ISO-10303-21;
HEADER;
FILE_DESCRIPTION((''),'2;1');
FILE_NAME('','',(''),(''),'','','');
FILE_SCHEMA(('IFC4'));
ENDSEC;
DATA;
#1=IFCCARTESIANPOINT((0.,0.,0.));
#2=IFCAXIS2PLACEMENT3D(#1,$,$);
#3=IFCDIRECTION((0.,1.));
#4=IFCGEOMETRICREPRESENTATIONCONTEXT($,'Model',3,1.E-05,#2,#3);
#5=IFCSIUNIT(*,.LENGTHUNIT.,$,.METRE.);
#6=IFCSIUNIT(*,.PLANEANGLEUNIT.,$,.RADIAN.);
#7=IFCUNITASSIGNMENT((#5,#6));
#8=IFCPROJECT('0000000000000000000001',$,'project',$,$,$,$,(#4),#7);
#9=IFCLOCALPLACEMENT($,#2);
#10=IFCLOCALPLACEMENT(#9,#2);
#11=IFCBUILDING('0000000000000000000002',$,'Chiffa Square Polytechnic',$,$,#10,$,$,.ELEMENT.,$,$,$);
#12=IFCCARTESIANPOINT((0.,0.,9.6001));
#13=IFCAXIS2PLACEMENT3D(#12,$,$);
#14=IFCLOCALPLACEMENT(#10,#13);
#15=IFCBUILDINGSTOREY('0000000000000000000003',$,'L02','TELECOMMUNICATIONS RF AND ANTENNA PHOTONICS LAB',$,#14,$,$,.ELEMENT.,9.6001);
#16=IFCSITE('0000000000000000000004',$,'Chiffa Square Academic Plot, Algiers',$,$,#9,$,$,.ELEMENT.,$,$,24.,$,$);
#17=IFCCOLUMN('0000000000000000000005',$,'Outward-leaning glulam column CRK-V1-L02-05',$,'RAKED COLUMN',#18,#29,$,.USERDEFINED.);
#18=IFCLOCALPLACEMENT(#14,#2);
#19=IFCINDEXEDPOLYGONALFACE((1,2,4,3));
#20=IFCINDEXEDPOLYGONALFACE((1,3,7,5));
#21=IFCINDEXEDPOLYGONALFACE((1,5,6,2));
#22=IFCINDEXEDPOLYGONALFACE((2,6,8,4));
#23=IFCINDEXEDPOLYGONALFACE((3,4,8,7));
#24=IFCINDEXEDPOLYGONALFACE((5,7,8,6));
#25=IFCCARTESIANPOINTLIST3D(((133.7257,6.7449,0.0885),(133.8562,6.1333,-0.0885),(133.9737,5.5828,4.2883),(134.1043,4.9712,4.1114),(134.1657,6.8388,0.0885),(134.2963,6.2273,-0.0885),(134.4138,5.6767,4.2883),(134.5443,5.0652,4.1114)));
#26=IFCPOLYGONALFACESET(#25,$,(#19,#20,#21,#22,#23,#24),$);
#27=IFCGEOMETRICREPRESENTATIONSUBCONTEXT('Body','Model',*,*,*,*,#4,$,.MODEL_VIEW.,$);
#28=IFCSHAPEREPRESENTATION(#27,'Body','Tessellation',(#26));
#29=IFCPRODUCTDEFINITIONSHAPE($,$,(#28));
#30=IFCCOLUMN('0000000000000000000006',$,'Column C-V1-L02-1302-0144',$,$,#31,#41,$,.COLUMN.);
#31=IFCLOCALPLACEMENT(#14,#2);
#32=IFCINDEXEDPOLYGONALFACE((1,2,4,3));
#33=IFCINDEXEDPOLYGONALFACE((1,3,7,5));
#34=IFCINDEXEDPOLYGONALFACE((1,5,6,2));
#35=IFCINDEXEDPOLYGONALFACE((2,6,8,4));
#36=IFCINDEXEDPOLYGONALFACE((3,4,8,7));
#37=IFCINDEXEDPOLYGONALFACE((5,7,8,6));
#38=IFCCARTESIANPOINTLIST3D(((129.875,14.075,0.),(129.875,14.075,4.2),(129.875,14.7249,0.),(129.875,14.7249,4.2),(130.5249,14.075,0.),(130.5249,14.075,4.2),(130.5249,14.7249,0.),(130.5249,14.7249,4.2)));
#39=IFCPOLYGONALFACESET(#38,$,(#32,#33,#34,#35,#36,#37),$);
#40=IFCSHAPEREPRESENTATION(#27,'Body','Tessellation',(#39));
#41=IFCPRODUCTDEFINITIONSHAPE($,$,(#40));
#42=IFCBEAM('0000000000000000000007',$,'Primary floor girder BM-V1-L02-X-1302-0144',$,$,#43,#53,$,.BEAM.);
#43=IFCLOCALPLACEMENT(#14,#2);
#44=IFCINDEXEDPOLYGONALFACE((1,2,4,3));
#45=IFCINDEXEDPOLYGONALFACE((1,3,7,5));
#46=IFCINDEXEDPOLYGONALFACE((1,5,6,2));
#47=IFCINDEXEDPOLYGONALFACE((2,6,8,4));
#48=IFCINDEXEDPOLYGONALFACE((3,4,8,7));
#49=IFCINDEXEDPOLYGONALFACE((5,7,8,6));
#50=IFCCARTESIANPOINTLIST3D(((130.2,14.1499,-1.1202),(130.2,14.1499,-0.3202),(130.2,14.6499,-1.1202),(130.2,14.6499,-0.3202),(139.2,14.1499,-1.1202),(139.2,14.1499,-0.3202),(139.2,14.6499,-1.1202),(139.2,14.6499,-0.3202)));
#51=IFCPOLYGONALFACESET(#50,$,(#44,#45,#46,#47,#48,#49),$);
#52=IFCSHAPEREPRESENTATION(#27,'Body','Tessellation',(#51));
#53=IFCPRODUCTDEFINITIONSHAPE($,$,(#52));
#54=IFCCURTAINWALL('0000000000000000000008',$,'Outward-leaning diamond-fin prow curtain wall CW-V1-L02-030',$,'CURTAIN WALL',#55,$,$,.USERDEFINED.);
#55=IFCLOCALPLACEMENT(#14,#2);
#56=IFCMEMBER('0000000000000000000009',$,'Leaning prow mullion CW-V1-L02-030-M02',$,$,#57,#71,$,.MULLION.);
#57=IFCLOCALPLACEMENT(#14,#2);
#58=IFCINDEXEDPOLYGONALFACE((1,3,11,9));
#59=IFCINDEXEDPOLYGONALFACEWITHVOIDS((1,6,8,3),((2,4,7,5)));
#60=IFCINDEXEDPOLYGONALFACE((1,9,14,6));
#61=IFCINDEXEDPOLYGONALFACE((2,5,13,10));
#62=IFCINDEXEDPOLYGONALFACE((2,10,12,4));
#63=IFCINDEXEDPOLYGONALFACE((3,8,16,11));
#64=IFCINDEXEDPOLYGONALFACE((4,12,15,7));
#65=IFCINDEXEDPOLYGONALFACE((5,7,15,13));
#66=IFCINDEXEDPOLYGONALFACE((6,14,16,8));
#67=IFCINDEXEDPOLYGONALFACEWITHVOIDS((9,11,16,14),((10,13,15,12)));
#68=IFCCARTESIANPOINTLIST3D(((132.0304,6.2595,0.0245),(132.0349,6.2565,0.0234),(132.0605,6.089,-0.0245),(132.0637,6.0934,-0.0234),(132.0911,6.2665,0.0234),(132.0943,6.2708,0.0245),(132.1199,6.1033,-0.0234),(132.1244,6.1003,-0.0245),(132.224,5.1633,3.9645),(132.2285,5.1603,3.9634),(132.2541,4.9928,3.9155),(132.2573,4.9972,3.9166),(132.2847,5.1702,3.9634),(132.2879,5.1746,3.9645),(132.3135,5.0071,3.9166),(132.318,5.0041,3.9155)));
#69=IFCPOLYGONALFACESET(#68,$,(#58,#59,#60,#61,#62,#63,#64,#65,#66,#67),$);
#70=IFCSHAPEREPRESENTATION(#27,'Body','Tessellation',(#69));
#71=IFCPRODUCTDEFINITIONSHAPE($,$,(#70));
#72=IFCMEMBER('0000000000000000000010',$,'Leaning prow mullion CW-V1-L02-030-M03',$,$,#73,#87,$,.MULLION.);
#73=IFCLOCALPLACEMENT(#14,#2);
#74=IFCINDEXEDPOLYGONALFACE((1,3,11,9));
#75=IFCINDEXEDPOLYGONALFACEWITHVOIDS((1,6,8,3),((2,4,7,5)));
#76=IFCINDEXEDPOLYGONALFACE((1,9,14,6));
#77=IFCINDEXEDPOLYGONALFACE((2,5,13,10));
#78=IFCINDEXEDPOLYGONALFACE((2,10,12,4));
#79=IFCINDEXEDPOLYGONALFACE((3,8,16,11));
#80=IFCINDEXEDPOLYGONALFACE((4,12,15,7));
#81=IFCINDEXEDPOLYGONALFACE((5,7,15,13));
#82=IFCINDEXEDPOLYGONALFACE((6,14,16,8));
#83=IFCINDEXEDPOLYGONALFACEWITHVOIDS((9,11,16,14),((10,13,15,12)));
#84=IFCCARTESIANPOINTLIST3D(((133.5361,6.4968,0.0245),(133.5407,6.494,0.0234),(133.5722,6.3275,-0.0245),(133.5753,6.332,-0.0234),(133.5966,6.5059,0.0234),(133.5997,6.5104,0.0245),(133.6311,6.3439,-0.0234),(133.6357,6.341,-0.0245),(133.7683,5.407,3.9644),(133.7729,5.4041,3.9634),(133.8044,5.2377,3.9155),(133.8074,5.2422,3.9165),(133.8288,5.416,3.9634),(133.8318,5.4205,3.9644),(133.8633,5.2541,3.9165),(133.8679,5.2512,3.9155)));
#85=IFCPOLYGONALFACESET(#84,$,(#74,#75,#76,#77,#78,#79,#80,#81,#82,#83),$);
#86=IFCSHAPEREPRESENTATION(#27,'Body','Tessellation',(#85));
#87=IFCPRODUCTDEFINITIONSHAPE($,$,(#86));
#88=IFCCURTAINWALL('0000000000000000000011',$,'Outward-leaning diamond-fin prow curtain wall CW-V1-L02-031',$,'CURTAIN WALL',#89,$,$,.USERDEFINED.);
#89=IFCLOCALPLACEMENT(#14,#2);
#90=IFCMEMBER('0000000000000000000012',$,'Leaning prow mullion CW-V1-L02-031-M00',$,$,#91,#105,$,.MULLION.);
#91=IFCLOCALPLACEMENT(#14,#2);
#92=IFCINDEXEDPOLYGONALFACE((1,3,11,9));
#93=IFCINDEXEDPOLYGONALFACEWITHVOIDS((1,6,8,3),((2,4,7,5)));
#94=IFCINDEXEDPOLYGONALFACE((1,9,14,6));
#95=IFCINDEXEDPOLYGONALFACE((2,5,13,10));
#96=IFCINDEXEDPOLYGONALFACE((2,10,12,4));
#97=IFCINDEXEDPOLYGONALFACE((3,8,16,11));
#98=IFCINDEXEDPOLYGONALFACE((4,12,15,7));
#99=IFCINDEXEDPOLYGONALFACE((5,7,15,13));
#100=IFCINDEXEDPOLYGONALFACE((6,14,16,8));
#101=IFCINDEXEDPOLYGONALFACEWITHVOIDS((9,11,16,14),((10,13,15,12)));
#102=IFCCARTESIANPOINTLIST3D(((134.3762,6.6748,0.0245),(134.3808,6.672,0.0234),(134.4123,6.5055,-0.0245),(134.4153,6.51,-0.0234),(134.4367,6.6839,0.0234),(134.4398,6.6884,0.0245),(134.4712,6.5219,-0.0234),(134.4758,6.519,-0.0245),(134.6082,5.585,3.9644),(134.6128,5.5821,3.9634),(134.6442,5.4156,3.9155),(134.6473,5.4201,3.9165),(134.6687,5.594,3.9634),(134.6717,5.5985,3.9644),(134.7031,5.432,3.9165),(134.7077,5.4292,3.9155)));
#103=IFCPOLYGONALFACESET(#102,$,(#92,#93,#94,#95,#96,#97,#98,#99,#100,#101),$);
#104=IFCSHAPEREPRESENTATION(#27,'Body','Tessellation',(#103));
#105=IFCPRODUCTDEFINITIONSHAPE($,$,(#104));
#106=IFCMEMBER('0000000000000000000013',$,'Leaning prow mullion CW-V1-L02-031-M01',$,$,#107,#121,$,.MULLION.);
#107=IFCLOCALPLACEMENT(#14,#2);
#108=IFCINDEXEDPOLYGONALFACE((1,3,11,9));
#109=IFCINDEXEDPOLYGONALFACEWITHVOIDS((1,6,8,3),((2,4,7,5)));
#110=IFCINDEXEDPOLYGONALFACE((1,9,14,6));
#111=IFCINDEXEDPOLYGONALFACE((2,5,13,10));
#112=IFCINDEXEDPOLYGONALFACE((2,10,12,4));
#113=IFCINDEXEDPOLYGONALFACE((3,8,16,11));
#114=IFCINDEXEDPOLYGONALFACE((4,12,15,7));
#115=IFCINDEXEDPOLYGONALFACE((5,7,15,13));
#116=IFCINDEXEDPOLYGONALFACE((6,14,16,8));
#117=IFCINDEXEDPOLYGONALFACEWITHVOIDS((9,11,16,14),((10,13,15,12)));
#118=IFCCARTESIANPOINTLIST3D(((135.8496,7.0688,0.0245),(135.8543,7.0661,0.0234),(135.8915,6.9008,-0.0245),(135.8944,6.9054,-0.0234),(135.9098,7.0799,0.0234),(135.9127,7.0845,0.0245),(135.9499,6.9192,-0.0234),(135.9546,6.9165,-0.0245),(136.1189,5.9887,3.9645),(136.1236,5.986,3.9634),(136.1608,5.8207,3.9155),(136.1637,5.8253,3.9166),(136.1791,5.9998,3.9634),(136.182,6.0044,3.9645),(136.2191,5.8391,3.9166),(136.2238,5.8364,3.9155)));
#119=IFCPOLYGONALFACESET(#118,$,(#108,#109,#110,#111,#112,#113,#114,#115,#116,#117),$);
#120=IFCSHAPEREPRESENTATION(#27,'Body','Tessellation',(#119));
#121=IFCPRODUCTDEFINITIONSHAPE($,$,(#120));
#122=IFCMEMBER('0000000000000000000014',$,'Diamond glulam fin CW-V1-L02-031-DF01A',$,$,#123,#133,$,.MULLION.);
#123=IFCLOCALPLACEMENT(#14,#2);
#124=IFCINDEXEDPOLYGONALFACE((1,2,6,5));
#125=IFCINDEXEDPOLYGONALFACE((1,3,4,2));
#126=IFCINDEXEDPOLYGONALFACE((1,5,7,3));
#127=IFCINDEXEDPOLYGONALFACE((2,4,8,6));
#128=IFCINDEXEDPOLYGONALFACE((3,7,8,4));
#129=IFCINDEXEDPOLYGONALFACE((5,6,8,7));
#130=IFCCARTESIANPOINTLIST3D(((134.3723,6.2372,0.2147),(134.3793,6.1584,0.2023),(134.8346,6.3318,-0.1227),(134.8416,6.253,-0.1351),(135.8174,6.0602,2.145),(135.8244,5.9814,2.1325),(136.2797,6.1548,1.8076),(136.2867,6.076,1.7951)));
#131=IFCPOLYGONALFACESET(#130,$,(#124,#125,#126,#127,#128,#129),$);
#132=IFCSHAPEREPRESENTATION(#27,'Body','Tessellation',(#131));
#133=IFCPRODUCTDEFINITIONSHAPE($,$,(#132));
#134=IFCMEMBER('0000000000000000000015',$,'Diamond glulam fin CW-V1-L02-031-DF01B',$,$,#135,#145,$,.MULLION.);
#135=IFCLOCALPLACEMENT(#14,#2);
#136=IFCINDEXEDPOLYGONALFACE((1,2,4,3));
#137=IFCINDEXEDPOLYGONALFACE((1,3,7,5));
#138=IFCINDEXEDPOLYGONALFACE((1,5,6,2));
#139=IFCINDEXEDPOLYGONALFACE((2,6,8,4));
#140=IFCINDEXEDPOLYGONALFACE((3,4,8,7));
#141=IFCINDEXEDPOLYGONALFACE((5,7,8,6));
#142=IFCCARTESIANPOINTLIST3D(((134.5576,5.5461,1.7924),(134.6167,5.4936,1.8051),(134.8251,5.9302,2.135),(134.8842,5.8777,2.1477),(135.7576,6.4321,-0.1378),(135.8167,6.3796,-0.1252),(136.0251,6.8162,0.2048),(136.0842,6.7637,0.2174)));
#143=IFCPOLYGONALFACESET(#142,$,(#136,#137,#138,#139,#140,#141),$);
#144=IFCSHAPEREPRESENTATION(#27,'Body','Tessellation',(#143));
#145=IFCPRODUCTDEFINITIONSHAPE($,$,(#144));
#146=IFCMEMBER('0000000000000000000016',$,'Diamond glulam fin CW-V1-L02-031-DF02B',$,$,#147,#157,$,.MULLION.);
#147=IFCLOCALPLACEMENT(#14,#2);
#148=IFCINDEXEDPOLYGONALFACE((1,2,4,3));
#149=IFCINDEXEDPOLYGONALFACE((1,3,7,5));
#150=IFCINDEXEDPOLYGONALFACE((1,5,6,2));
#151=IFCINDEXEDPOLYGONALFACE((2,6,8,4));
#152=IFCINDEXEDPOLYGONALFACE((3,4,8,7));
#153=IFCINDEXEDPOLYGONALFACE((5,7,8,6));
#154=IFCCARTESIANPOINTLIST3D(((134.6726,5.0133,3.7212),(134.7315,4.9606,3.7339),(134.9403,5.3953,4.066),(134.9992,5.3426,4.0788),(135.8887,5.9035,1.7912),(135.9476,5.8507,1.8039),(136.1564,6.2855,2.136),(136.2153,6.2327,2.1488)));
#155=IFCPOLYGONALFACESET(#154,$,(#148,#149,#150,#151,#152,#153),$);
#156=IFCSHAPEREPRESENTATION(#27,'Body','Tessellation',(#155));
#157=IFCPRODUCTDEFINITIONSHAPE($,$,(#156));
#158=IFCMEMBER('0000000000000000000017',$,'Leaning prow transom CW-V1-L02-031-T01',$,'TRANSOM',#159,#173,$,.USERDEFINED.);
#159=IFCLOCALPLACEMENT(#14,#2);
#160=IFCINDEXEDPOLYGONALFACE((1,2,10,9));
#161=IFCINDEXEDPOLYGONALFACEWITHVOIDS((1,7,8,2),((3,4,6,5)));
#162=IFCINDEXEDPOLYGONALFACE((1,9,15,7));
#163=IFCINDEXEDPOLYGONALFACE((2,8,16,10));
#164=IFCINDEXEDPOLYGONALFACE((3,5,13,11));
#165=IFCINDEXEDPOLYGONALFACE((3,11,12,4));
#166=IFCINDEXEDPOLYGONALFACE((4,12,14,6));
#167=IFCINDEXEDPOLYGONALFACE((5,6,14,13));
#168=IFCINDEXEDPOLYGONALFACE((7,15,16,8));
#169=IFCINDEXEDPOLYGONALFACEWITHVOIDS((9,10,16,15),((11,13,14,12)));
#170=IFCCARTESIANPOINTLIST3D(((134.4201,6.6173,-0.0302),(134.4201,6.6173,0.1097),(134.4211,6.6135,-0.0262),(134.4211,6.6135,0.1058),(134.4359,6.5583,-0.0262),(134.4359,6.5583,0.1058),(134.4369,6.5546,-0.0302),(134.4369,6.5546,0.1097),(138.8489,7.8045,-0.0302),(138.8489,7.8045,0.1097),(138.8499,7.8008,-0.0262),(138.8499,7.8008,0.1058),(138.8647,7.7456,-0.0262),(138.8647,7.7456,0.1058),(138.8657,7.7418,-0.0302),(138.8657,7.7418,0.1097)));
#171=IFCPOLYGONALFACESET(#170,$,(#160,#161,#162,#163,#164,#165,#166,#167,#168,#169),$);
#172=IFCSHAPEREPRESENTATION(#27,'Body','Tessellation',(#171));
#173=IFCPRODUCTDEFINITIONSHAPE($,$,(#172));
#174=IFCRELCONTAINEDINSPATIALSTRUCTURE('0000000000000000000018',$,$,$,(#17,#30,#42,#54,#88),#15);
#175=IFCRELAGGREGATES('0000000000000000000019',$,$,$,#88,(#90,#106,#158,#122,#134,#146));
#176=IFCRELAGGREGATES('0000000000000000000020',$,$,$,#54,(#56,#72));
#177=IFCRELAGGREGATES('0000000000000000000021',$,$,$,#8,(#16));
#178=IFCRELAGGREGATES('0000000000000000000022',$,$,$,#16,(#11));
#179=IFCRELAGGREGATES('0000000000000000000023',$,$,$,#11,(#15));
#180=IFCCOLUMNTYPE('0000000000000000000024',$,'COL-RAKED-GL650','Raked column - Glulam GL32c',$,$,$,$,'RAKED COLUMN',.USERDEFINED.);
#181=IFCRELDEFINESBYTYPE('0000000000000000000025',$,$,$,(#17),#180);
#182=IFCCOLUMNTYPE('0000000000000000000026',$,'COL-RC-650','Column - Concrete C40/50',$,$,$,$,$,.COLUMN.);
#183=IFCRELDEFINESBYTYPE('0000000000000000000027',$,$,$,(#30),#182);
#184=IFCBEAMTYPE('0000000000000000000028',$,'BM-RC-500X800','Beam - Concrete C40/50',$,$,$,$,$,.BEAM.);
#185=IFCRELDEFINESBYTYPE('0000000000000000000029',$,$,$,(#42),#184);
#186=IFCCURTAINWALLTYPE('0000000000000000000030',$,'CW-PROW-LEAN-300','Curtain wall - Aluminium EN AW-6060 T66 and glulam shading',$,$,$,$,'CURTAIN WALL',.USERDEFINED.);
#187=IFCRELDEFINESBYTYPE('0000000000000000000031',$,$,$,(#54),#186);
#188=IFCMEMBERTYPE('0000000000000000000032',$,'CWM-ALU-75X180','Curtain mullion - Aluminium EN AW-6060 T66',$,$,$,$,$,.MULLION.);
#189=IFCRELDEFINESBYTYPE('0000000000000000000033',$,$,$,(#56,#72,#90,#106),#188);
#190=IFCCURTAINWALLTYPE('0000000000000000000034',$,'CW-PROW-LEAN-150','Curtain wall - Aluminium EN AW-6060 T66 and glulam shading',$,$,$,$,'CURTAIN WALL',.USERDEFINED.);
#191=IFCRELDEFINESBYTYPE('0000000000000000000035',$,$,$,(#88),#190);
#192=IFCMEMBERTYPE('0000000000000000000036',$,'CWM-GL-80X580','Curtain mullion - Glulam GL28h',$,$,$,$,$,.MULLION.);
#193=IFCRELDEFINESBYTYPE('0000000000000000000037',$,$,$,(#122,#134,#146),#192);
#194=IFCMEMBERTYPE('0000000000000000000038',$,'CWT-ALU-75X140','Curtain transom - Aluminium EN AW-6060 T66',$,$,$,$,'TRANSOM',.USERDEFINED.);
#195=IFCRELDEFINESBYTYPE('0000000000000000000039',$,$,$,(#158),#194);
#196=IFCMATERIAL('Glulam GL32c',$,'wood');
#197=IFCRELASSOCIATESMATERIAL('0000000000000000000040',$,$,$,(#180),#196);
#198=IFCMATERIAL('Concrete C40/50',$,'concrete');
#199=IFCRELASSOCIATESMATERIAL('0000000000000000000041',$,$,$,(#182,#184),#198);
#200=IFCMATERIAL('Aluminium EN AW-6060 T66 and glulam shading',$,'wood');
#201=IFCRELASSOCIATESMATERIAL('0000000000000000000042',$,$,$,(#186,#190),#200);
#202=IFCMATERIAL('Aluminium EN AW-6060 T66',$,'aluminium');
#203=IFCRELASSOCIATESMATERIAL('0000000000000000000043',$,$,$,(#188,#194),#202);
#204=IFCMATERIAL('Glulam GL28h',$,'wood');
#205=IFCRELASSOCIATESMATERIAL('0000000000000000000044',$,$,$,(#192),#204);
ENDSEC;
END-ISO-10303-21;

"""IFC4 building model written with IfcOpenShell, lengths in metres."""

from ifc_helpers import new_model, si_unit, direction, frame, origin, origin_2d, place, context, subcontext, project, spatial, rectangle, hollow_rectangle, extrude, material, material_profile, profile_set, type_object, element, aggregate, save


model = new_model("IFC4")

# Units and contexts
model_context = context("Model", 3, precision=1e-05, world=origin(), true_north=direction((0.0, 1.0)))
body_context = subcontext(model_context, "Body", "Model", "MODEL_VIEW")
ifc_project = project(units=[si_unit("LENGTHUNIT", "METRE"), si_unit("PLANEANGLEUNIT", "RADIAN")], contexts=[model_context])

# Site, building, storey
site_placement = place(None, origin())
site = spatial("IfcSite", under=ifc_project, at=site_placement, Name="Chiffa Square Academic Plot, Algiers", CompositionType="ELEMENT", RefElevation=24.0)
building_placement = place(site_placement, origin())
building = spatial("IfcBuilding", under=site, at=building_placement, Name="Chiffa Square Polytechnic", CompositionType="ELEMENT")
storey_placement = place(building_placement, frame((0.0, 0.0, 9.6001)))
storey = spatial("IfcBuildingStorey", under=building, at=storey_placement, Name="L02", Description="TELECOMMUNICATIONS RF AND ANTENNA PHOTONICS LAB", CompositionType="ELEMENT", Elevation=9.6001)

# Columns
ifc_material_1 = material(Name="Glulam GL32c", Category="wood")
ifc_material_profile_1 = material_profile(ifc_material_1, rectangle(XDim=0.45, YDim=0.6499, at=origin_2d()), Name="GL32c 450x650")
ifc_profile_set_1 = profile_set([ifc_material_profile_1], Name="Glulam GL32c")
column_type_1 = type_object("IfcColumnType", Name="COL-RAKED-GL650", Description="Raked column - Glulam GL32c", ElementType="RAKED COLUMN", PredefinedType="USERDEFINED", material=ifc_profile_set_1)
column_1_placement = place(storey_placement, frame((134.011, 6.4861, 0.0), z_axis=(0.056829, -0.266245, 0.962229), x_axis=(0.97797, 0.208743, 0.0)))
element("IfcColumn", 1, at=column_1_placement, inside=storey, type_object=column_type_1, Name="Outward-leaning glulam column CRK-V1-L02-05", ObjectType="RAKED COLUMN", PredefinedType="USERDEFINED", context=body_context, shape_type="SweptSolid", body=[
    extrude(rectangle(XDim=0.45, YDim=0.6499, at=origin_2d()), origin(), (0.0, 0.0, 1.0), 4.3647),
])
ifc_material_2 = material(Name="Concrete C40/50", Category="concrete")
ifc_material_profile_2 = material_profile(ifc_material_2, rectangle(XDim=0.6499, YDim=0.6499, at=origin_2d()), Name="RC 650x650")
ifc_profile_set_2 = profile_set([ifc_material_profile_2], Name="Concrete C40/50")
column_type_2 = type_object("IfcColumnType", Name="COL-RC-650", Description="Column - Concrete C40/50", PredefinedType="COLUMN", material=ifc_profile_set_2)
column_2_placement = place(storey_placement, frame((130.2, 14.3999, 0.0), z_axis=(0.0, 0.0, 1.0), x_axis=(1.0, 0.0, 0.0)))
element("IfcColumn", 2, at=column_2_placement, inside=storey, type_object=column_type_2, Name="Column C-V1-L02-1302-0144", PredefinedType="COLUMN", context=body_context, shape_type="SweptSolid", body=[
    extrude(rectangle(XDim=0.6499, YDim=0.6499, at=origin_2d()), origin(), (0.0, 0.0, 1.0), 4.2),
])

# Beam
ifc_material_profile_3 = material_profile(ifc_material_2, rectangle(XDim=0.5, YDim=0.8, at=origin_2d()), Name="RC 500x800")
ifc_profile_set_3 = profile_set([ifc_material_profile_3], Name="Concrete C40/50")
beam_type_1 = type_object("IfcBeamType", Name="BM-RC-500X800", Description="Beam - Concrete C40/50", PredefinedType="BEAM", material=ifc_profile_set_3)
beam_1_placement = place(storey_placement, frame((130.2, 14.3999, -0.7202), z_axis=(1.0, 0.0, 0.0), x_axis=(0.0, 1.0, 0.0)))
element("IfcBeam", 3, at=beam_1_placement, inside=storey, type_object=beam_type_1, Name="Primary floor girder BM-V1-L02-X-1302-0144", PredefinedType="BEAM", context=body_context, shape_type="SweptSolid", body=[
    extrude(rectangle(XDim=0.5, YDim=0.8, at=origin_2d()), origin(), (0.0, 0.0, 1.0), 9.0),
])

# Curtain walls, members
ifc_material_3 = material(Name="Aluminium EN AW-6060 T66 and glulam shading", Category="wood")
curtain_wall_type_1 = type_object("IfcCurtainWallType", Name="CW-PROW-LEAN-300", Description="Curtain wall - Aluminium EN AW-6060 T66 and glulam shading", ElementType="CURTAIN WALL", PredefinedType="USERDEFINED", material=ifc_material_3)
curtain_wall_1_placement = place(storey_placement, origin())
curtain_wall_1 = element("IfcCurtainWall", 4, at=curtain_wall_1_placement, inside=storey, type_object=curtain_wall_type_1, Name="Outward-leaning diamond-fin prow curtain wall CW-V1-L02-030", ObjectType="CURTAIN WALL", PredefinedType="USERDEFINED")
ifc_material_4 = material(Name="Aluminium EN AW-6060 T66", Category="aluminium")
ifc_material_profile_4 = material_profile(ifc_material_4, hollow_rectangle(XDim=0.0649, YDim=0.1799, WallThickness=0.0039, at=origin_2d()), Name="ALU 65x180x4")
ifc_profile_set_4 = profile_set([ifc_material_profile_4], Name="Aluminium EN AW-6060 T66")
member_type_1 = type_object("IfcMemberType", Name="CWM-ALU-75X180", Description="Curtain mullion - Aluminium EN AW-6060 T66", PredefinedType="MULLION", material=ifc_profile_set_4)
member_1_placement = place(storey_placement, frame((132.0774, 6.1799, 0.0), z_axis=(0.047288, -0.267744, 0.962329), x_axis=(0.984759, 0.173923, 0.0)))
member_1 = element("IfcMember", 5, at=member_1_placement, type_object=member_type_1, Name="Leaning prow mullion CW-V1-L02-030-M02", PredefinedType="MULLION", context=body_context, shape_type="SweptSolid", body=[
    extrude(hollow_rectangle(XDim=0.0649, YDim=0.1799, WallThickness=0.0039, at=origin_2d()), origin(), (0.0, 0.0, 1.0), 4.0942),
])
member_2_placement = place(storey_placement, frame((133.5859, 6.4189, 0.0), z_axis=(0.056705, -0.266174, 0.962256), x_axis=(0.978052, 0.208362, 0.0)))
member_2 = element("IfcMember", 6, at=member_2_placement, type_object=member_type_1, Name="Leaning prow mullion CW-V1-L02-030-M03", PredefinedType="MULLION", context=body_context, shape_type="SweptSolid", body=[
    extrude(hollow_rectangle(XDim=0.0649, YDim=0.1799, WallThickness=0.0039, at=origin_2d()), origin(), (0.0, 0.0, 1.0), 4.0945),
])
curtain_wall_type_2 = type_object("IfcCurtainWallType", Name="CW-PROW-LEAN-150", Description="Curtain wall - Aluminium EN AW-6060 T66 and glulam shading", ElementType="CURTAIN WALL", PredefinedType="USERDEFINED", material=ifc_material_3)
curtain_wall_2_placement = place(storey_placement, origin())
curtain_wall_2 = element("IfcCurtainWall", 7, at=curtain_wall_2_placement, inside=storey, type_object=curtain_wall_type_2, Name="Outward-leaning diamond-fin prow curtain wall CW-V1-L02-031", ObjectType="CURTAIN WALL", PredefinedType="USERDEFINED")
member_3_placement = place(storey_placement, frame((134.426, 6.5969, 0.0), z_axis=(0.056646, -0.266175, 0.962259), x_axis=(0.978096, 0.208152, 0.0)))
member_3 = element("IfcMember", 8, at=member_3_placement, type_object=member_type_1, Name="Leaning prow mullion CW-V1-L02-031-M00", PredefinedType="MULLION", context=body_context, shape_type="SweptSolid", body=[
    extrude(hollow_rectangle(XDim=0.0649, YDim=0.1799, WallThickness=0.0039, at=origin_2d()), origin(), (0.0, 0.0, 1.0), 4.0945),
])
member_4_placement = place(storey_placement, frame((135.9021, 6.9927, 0.0), z_axis=(0.065773, -0.263809, 0.96233), x_axis=(0.970297, 0.241916, 0.0)))
member_4 = element("IfcMember", 9, at=member_4_placement, type_object=member_type_1, Name="Leaning prow mullion CW-V1-L02-031-M01", PredefinedType="MULLION", context=body_context, shape_type="SweptSolid", body=[
    extrude(hollow_rectangle(XDim=0.0649, YDim=0.1799, WallThickness=0.0039, at=origin_2d()), origin(), (0.0, 0.0, 1.0), 4.0942),
])
ifc_material_5 = material(Name="Glulam GL28h", Category="wood")
ifc_material_profile_5 = material_profile(ifc_material_5, rectangle(XDim=0.0801, YDim=0.5801, at=origin_2d()), Name="GL28h 80x580")
ifc_profile_set_5 = profile_set([ifc_material_profile_5], Name="Glulam GL28h")
member_type_2 = type_object("IfcMemberType", Name="CWM-GL-80X580", Description="Curtain mullion - Glulam GL28h", PredefinedType="MULLION", material=ifc_profile_set_5)
member_5_placement = place(storey_placement, frame((134.6069, 6.2451, 0.0398), z_axis=(0.597711, -0.073212, 0.798362), x_axis=(-0.087663, 0.983882, 0.155855)))
member_5 = element("IfcMember", 10, at=member_5_placement, type_object=member_type_2, Name="Diamond glulam fin CW-V1-L02-031-DF01A", PredefinedType="MULLION", context=body_context, shape_type="SweptSolid", body=[
    extrude(rectangle(XDim=0.0801, YDim=0.5801, at=origin_2d()), origin(), (0.0, 0.0, 1.0), 2.4177),
])
member_6_placement = place(storey_placement, frame((135.9209, 6.5979, 0.0398), z_axis=(-0.491914, -0.363206, 0.791266), x_axis=(0.738499, -0.655418, 0.158261)))
member_6 = element("IfcMember", 11, at=member_6_placement, type_object=member_type_2, Name="Diamond glulam fin CW-V1-L02-031-DF01B", PredefinedType="MULLION", context=body_context, shape_type="SweptSolid", body=[
    extrude(rectangle(XDim=0.0801, YDim=0.5801, at=origin_2d()), origin(), (0.0, 0.0, 1.0), 2.4395),
])
member_7_placement = place(storey_placement, frame((136.052, 6.0681, 1.97), z_axis=(-0.49663, -0.363524, 0.788168), x_axis=(0.735135, -0.65894, 0.159293)))
member_7 = element("IfcMember", 12, at=member_7_placement, type_object=member_type_2, Name="Diamond glulam fin CW-V1-L02-031-DF02B", PredefinedType="MULLION", context=body_context, shape_type="SweptSolid", body=[
    extrude(rectangle(XDim=0.0801, YDim=0.5801, at=origin_2d()), origin(), (0.0, 0.0, 1.0), 2.4487),
])
ifc_material_profile_6 = material_profile(ifc_material_4, hollow_rectangle(XDim=0.0649, YDim=0.1399, WallThickness=0.0039, at=origin_2d()), Name="ALU 65x140x4")
ifc_profile_set_6 = profile_set([ifc_material_profile_6], Name="Aluminium EN AW-6060 T66")
member_type_3 = type_object("IfcMemberType", Name="CWT-ALU-75X140", Description="Curtain transom - Aluminium EN AW-6060 T66", ElementType="TRANSOM", PredefinedType="USERDEFINED", material=ifc_profile_set_6)
member_8_placement = place(storey_placement, frame((134.4285, 6.5859, 0.0398), z_axis=(0.965897, 0.258925, 0.0), x_axis=(-0.258925, 0.965897, 0.0)))
member_8 = element("IfcMember", 13, at=member_8_placement, type_object=member_type_3, Name="Leaning prow transom CW-V1-L02-031-T01", ObjectType="TRANSOM", PredefinedType="USERDEFINED", context=body_context, shape_type="SweptSolid", body=[
    extrude(hollow_rectangle(XDim=0.0649, YDim=0.1399, WallThickness=0.0039, at=origin_2d()), origin(), (0.0, 0.0, 1.0), 4.5852),
])

aggregate(curtain_wall_2, [member_3, member_4, member_8, member_5, member_6, member_7])
aggregate(curtain_wall_1, [member_1, member_2])

save(model, "model.ifc")
